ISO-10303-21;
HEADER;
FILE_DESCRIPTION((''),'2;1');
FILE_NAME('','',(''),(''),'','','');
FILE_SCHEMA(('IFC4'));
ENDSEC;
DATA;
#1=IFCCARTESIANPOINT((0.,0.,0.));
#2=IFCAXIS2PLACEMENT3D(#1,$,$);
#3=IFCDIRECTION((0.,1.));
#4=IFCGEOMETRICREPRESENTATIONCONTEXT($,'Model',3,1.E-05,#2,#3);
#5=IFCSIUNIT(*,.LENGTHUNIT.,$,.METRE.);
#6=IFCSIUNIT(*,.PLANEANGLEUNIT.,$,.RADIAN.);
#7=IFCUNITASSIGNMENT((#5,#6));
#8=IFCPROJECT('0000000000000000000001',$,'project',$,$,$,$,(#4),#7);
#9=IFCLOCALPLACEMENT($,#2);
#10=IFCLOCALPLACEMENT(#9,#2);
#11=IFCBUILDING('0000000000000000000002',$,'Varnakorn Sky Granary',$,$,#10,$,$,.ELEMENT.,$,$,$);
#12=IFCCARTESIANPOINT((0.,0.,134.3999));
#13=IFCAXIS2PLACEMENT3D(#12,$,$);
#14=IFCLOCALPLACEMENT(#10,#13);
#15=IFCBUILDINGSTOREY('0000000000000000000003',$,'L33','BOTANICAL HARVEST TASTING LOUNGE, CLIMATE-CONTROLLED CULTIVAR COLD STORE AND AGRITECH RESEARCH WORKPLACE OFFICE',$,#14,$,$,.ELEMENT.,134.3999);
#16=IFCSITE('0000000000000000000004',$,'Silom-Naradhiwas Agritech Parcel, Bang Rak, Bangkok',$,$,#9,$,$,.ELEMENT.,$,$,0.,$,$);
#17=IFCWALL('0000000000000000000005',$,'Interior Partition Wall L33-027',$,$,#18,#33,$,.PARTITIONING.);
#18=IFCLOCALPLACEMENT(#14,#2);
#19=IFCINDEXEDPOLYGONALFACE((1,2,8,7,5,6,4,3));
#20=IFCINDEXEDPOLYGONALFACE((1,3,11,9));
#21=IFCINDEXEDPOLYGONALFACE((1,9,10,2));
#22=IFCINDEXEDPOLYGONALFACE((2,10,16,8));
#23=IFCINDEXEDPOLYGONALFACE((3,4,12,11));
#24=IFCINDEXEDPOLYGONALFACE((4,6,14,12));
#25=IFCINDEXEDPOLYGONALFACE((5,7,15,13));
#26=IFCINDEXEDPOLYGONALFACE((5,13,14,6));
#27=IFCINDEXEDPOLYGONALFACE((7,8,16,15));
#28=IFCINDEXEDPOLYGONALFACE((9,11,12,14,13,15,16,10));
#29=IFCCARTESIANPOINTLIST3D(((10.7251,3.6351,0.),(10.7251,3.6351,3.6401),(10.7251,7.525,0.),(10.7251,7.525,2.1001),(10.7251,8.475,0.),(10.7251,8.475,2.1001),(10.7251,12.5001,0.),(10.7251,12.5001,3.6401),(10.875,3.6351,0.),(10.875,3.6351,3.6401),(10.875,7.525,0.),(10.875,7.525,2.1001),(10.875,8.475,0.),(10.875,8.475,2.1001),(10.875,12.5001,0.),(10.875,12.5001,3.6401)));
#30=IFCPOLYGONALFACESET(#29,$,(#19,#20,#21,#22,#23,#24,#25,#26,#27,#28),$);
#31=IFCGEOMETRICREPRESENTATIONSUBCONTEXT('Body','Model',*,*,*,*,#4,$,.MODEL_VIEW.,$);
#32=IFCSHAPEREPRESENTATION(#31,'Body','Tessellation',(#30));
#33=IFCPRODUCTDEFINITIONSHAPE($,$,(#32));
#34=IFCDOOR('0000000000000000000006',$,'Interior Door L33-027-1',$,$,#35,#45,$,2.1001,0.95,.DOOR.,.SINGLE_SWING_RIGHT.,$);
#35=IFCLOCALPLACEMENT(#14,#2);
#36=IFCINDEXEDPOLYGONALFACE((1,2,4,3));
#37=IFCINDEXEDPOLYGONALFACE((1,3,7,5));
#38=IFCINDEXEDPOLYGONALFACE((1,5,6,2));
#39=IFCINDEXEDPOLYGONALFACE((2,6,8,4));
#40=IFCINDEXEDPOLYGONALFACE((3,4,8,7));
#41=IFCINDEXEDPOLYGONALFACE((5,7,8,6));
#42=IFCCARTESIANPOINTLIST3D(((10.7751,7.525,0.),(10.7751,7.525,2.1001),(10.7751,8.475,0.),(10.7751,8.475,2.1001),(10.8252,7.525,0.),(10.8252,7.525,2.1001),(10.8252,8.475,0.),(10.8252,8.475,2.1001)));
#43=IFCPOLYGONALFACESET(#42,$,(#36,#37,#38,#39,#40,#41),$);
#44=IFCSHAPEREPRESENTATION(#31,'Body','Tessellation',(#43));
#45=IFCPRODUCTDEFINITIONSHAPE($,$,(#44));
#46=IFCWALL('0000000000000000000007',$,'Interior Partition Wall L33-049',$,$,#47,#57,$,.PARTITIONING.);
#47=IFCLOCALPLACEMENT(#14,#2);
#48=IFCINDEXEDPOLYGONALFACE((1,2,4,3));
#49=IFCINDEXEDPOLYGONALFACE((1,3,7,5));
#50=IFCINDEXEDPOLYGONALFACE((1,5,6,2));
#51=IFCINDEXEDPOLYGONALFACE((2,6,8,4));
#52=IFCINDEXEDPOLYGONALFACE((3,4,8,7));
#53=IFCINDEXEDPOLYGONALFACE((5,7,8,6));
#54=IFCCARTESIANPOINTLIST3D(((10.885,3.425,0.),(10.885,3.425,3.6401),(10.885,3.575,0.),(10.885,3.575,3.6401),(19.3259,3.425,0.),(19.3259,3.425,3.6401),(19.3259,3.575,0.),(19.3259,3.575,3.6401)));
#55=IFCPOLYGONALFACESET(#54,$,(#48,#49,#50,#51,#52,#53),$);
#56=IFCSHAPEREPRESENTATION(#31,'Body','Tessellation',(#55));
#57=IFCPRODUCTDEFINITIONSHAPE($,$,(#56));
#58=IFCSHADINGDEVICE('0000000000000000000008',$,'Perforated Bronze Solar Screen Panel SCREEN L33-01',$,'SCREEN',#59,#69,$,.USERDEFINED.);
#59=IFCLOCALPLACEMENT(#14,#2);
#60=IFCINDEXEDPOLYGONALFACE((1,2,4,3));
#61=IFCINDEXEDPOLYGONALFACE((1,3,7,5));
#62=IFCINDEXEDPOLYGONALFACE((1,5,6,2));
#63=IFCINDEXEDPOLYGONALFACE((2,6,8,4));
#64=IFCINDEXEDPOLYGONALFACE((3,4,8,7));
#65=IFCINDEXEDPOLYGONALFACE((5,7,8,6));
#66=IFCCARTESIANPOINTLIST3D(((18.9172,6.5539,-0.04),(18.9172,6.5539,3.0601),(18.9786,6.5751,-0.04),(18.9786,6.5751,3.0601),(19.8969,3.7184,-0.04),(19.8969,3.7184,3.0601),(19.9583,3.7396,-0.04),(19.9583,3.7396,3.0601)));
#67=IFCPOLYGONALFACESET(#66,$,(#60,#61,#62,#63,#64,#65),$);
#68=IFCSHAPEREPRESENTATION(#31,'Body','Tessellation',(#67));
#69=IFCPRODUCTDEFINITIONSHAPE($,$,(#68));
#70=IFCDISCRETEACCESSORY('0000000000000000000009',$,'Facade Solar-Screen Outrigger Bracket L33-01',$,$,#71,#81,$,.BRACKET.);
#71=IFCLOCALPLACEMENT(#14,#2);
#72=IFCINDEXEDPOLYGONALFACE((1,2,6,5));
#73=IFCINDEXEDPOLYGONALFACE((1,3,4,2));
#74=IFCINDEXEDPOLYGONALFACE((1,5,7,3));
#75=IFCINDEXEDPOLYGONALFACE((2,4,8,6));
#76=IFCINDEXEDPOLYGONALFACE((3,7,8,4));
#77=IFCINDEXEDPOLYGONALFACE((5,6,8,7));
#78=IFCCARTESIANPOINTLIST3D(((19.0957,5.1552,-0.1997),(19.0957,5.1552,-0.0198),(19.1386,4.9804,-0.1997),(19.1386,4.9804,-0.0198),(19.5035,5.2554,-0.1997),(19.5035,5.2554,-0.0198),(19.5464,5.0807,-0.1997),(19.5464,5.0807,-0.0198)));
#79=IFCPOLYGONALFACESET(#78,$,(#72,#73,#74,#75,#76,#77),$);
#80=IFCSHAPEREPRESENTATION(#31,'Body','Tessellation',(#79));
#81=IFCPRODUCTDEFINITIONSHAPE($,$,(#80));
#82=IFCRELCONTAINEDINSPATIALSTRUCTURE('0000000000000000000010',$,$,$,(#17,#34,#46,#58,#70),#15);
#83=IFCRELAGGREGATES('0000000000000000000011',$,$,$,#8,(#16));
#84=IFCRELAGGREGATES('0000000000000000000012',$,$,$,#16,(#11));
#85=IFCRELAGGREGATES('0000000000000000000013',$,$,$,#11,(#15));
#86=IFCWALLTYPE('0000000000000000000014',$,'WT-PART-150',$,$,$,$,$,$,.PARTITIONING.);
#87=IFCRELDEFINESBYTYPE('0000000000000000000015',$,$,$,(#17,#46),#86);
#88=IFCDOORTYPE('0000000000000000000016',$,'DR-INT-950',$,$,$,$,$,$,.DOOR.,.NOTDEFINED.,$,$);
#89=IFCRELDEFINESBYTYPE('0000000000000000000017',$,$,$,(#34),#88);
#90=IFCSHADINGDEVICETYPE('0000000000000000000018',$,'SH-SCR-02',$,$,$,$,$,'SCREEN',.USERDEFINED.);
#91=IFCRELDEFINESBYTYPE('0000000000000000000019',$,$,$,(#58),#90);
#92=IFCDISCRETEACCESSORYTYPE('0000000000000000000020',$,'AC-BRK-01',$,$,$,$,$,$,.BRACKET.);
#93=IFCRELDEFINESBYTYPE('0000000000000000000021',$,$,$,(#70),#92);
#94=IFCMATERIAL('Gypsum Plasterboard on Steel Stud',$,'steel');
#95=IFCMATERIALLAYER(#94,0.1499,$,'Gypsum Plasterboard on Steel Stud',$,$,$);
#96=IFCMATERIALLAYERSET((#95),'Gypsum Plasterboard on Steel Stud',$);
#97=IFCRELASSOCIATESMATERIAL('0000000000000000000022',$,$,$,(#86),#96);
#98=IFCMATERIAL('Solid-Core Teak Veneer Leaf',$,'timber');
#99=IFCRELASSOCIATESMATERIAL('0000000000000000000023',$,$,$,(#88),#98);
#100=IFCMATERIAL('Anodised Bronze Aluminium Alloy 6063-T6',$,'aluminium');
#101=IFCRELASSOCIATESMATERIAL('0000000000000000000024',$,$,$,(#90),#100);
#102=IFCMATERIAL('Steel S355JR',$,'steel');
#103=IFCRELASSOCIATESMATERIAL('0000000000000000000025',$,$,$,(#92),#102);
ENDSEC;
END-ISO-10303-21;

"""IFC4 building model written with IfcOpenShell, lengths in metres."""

from ifc_helpers import new_model, si_unit, direction, frame, frame_2d, origin, origin_2d, place, context, subcontext, project, spatial, rectangle, extrude, source, transform, mapped, material, layer, layer_set, type_object, type_shapes, element, fill, save


model = new_model("IFC4")

# Units and contexts
model_context = context("Model", 3, precision=1e-05, world=origin(), true_north=direction((0.0, 1.0)))
body_context = subcontext(model_context, "Body", "Model", "MODEL_VIEW")
ifc_project = project(units=[si_unit("LENGTHUNIT", "METRE"), si_unit("PLANEANGLEUNIT", "RADIAN")], contexts=[model_context])

# Site, building, storey
site_placement = place(None, origin())
site = spatial("IfcSite", under=ifc_project, at=site_placement, Name="Silom-Naradhiwas Agritech Parcel, Bang Rak, Bangkok", CompositionType="ELEMENT", RefElevation=0.0)
building_placement = place(site_placement, origin())
building = spatial("IfcBuilding", under=site, at=building_placement, Name="Varnakorn Sky Granary", CompositionType="ELEMENT")
storey_placement = place(building_placement, frame((0.0, 0.0, 134.3999)))
storey = spatial("IfcBuildingStorey", under=building, at=storey_placement, Name="L33", Description="BOTANICAL HARVEST TASTING LOUNGE, CLIMATE-CONTROLLED CULTIVAR COLD STORE AND AGRITECH RESEARCH WORKPLACE OFFICE", CompositionType="ELEMENT", Elevation=134.3999)

# Shared definitions
ifc_material_1 = material(Name="Anodised Bronze Aluminium Alloy 6063-T6", Category="aluminium")

# Wall, opening, door
ifc_material_2 = material(Name="Gypsum Plasterboard on Steel Stud", Category="steel")
ifc_layer_1 = layer(ifc_material_2, 0.1499, Name="Gypsum Plasterboard on Steel Stud")
ifc_layer_set_1 = layer_set([ifc_layer_1], Name="Gypsum Plasterboard on Steel Stud")
wall_type = type_object("IfcWallType", Name="WT-PART-150", PredefinedType="PARTITIONING", material=ifc_layer_set_1)
wall_1_placement = place(storey_placement, frame((10.8, 3.635, 0.0), z_axis=(0.0, 0.0, 1.0), x_axis=(0.0, 1.0, 0.0)))
wall_1 = element("IfcWall", 1, at=wall_1_placement, inside=storey, type_object=wall_type, Name="Interior Partition Wall L33-027", PredefinedType="PARTITIONING", context=body_context, shape_type="SweptSolid", body=[
    extrude(rectangle(XDim=8.865, YDim=0.1499, at=frame_2d((4.4326, 0.0))), origin(), (0.0, 0.0, 1.0), 3.6401),
])
opening_placement = place(wall_1_placement, frame((3.8899, 0.0, 0.0)))
opening = element("IfcOpeningElement", 2, at=opening_placement, cuts=wall_1, PredefinedType="OPENING", context=body_context, shape_type="SweptSolid", body=[
    extrude(rectangle(XDim=0.95, YDim=2.1001, at=frame_2d((0.4751, 1.05))), frame((0.0, 0.085, 0.0), z_axis=(0.0, -1.0, 0.0), x_axis=(1.0, 0.0, 0.0)), (0.0, 0.0, 1.0), 0.1699),
])
ifc_material_3 = material(Name="Solid-Core Teak Veneer Leaf", Category="timber")
door_type = type_object("IfcDoorType", Name="DR-INT-950", OperationType="NOTDEFINED", PredefinedType="DOOR", material=ifc_material_3)
door_placement = place(opening_placement, origin())
door = element("IfcDoor", 3, at=door_placement, inside=storey, type_object=door_type, Name="Interior Door L33-027-1", OperationType="SINGLE_SWING_RIGHT", OverallHeight=2.1001, OverallWidth=0.95, PredefinedType="DOOR", context=body_context, shape_type="SweptSolid", body=[
    extrude(rectangle(XDim=0.95, YDim=2.1001, at=frame_2d((0.4751, 1.05))), frame((0.0, 0.0249, 0.0), z_axis=(0.0, -1.0, 0.0), x_axis=(1.0, 0.0, 0.0)), (0.0, 0.0, 1.0), 0.05),
])
fill(opening, door)

# Wall
wall_2_placement = place(storey_placement, frame((10.885, 3.5, 0.0), z_axis=(0.0, 0.0, 1.0), x_axis=(1.0, 0.0, 0.0)))
element("IfcWall", 4, at=wall_2_placement, inside=storey, type_object=wall_type, Name="Interior Partition Wall L33-049", PredefinedType="PARTITIONING", context=body_context, shape_type="SweptSolid", body=[
    extrude(rectangle(XDim=8.4409, YDim=0.1499, at=frame_2d((4.2205, 0.0))), origin(), (0.0, 0.0, 1.0), 3.6401),
])

# Shading device
shading_device_type = type_object("IfcShadingDeviceType", Name="SH-SCR-02", ElementType="SCREEN", PredefinedType="USERDEFINED", material=ifc_material_1)
shared_shape_1 = source(origin(), body_context, "Body", "SweptSolid", [
    extrude(rectangle(XDim=3.0, YDim=0.0649, at=origin_2d()), origin(), (0.0, 0.0, 1.0), 3.1001),
])
type_shapes(shading_device_type, [shared_shape_1])
shading_device_placement = place(storey_placement, frame((19.4377, 5.1467, -0.04), z_axis=(0.0, 0.0, 1.0), x_axis=(-0.326559, 0.945177, 0.0)))
element("IfcShadingDevice", 5, at=shading_device_placement, inside=storey, type_object=shading_device_type, Name="Perforated Bronze Solar Screen Panel SCREEN L33-01", ObjectType="SCREEN", PredefinedType="USERDEFINED", context=body_context, shape_type="MappedRepresentation", body=[
    mapped(shared_shape_1, transform((0.0, 0.0, 0.0), x_axis=(1.0, 0.0, 0.0), y_axis=(0.0, 1.0, 0.0), z_axis=(0.0, 0.0, 1.0), scale=1.0)),
])

# Discrete accessory
ifc_material_4 = material(Name="Steel S355JR", Category="steel")
discrete_accessory_type = type_object("IfcDiscreteAccessoryType", Name="AC-BRK-01", PredefinedType="BRACKET", material=ifc_material_4)
shared_shape_2 = source(origin(), body_context, "Body", "SweptSolid", [
    extrude(rectangle(XDim=0.1799, YDim=0.4199, at=origin_2d()), origin(), (0.0, 0.0, 1.0), 0.1799),
])
type_shapes(discrete_accessory_type, [shared_shape_2])
discrete_accessory_placement = place(storey_placement, frame((19.321, 5.1179, -0.1997), z_axis=(0.0, 0.0, 1.0), x_axis=(-0.238704, 0.971092, 0.0)))
element("IfcDiscreteAccessory", 6, at=discrete_accessory_placement, inside=storey, type_object=discrete_accessory_type, Name="Facade Solar-Screen Outrigger Bracket L33-01", PredefinedType="BRACKET", context=body_context, shape_type="MappedRepresentation", body=[
    mapped(shared_shape_2, transform((0.0, 0.0, 0.0), x_axis=(1.0, 0.0, 0.0), y_axis=(0.0, 1.0, 0.0), z_axis=(0.0, 0.0, 1.0), scale=1.0)),
])

save(model, "model.ifc")
